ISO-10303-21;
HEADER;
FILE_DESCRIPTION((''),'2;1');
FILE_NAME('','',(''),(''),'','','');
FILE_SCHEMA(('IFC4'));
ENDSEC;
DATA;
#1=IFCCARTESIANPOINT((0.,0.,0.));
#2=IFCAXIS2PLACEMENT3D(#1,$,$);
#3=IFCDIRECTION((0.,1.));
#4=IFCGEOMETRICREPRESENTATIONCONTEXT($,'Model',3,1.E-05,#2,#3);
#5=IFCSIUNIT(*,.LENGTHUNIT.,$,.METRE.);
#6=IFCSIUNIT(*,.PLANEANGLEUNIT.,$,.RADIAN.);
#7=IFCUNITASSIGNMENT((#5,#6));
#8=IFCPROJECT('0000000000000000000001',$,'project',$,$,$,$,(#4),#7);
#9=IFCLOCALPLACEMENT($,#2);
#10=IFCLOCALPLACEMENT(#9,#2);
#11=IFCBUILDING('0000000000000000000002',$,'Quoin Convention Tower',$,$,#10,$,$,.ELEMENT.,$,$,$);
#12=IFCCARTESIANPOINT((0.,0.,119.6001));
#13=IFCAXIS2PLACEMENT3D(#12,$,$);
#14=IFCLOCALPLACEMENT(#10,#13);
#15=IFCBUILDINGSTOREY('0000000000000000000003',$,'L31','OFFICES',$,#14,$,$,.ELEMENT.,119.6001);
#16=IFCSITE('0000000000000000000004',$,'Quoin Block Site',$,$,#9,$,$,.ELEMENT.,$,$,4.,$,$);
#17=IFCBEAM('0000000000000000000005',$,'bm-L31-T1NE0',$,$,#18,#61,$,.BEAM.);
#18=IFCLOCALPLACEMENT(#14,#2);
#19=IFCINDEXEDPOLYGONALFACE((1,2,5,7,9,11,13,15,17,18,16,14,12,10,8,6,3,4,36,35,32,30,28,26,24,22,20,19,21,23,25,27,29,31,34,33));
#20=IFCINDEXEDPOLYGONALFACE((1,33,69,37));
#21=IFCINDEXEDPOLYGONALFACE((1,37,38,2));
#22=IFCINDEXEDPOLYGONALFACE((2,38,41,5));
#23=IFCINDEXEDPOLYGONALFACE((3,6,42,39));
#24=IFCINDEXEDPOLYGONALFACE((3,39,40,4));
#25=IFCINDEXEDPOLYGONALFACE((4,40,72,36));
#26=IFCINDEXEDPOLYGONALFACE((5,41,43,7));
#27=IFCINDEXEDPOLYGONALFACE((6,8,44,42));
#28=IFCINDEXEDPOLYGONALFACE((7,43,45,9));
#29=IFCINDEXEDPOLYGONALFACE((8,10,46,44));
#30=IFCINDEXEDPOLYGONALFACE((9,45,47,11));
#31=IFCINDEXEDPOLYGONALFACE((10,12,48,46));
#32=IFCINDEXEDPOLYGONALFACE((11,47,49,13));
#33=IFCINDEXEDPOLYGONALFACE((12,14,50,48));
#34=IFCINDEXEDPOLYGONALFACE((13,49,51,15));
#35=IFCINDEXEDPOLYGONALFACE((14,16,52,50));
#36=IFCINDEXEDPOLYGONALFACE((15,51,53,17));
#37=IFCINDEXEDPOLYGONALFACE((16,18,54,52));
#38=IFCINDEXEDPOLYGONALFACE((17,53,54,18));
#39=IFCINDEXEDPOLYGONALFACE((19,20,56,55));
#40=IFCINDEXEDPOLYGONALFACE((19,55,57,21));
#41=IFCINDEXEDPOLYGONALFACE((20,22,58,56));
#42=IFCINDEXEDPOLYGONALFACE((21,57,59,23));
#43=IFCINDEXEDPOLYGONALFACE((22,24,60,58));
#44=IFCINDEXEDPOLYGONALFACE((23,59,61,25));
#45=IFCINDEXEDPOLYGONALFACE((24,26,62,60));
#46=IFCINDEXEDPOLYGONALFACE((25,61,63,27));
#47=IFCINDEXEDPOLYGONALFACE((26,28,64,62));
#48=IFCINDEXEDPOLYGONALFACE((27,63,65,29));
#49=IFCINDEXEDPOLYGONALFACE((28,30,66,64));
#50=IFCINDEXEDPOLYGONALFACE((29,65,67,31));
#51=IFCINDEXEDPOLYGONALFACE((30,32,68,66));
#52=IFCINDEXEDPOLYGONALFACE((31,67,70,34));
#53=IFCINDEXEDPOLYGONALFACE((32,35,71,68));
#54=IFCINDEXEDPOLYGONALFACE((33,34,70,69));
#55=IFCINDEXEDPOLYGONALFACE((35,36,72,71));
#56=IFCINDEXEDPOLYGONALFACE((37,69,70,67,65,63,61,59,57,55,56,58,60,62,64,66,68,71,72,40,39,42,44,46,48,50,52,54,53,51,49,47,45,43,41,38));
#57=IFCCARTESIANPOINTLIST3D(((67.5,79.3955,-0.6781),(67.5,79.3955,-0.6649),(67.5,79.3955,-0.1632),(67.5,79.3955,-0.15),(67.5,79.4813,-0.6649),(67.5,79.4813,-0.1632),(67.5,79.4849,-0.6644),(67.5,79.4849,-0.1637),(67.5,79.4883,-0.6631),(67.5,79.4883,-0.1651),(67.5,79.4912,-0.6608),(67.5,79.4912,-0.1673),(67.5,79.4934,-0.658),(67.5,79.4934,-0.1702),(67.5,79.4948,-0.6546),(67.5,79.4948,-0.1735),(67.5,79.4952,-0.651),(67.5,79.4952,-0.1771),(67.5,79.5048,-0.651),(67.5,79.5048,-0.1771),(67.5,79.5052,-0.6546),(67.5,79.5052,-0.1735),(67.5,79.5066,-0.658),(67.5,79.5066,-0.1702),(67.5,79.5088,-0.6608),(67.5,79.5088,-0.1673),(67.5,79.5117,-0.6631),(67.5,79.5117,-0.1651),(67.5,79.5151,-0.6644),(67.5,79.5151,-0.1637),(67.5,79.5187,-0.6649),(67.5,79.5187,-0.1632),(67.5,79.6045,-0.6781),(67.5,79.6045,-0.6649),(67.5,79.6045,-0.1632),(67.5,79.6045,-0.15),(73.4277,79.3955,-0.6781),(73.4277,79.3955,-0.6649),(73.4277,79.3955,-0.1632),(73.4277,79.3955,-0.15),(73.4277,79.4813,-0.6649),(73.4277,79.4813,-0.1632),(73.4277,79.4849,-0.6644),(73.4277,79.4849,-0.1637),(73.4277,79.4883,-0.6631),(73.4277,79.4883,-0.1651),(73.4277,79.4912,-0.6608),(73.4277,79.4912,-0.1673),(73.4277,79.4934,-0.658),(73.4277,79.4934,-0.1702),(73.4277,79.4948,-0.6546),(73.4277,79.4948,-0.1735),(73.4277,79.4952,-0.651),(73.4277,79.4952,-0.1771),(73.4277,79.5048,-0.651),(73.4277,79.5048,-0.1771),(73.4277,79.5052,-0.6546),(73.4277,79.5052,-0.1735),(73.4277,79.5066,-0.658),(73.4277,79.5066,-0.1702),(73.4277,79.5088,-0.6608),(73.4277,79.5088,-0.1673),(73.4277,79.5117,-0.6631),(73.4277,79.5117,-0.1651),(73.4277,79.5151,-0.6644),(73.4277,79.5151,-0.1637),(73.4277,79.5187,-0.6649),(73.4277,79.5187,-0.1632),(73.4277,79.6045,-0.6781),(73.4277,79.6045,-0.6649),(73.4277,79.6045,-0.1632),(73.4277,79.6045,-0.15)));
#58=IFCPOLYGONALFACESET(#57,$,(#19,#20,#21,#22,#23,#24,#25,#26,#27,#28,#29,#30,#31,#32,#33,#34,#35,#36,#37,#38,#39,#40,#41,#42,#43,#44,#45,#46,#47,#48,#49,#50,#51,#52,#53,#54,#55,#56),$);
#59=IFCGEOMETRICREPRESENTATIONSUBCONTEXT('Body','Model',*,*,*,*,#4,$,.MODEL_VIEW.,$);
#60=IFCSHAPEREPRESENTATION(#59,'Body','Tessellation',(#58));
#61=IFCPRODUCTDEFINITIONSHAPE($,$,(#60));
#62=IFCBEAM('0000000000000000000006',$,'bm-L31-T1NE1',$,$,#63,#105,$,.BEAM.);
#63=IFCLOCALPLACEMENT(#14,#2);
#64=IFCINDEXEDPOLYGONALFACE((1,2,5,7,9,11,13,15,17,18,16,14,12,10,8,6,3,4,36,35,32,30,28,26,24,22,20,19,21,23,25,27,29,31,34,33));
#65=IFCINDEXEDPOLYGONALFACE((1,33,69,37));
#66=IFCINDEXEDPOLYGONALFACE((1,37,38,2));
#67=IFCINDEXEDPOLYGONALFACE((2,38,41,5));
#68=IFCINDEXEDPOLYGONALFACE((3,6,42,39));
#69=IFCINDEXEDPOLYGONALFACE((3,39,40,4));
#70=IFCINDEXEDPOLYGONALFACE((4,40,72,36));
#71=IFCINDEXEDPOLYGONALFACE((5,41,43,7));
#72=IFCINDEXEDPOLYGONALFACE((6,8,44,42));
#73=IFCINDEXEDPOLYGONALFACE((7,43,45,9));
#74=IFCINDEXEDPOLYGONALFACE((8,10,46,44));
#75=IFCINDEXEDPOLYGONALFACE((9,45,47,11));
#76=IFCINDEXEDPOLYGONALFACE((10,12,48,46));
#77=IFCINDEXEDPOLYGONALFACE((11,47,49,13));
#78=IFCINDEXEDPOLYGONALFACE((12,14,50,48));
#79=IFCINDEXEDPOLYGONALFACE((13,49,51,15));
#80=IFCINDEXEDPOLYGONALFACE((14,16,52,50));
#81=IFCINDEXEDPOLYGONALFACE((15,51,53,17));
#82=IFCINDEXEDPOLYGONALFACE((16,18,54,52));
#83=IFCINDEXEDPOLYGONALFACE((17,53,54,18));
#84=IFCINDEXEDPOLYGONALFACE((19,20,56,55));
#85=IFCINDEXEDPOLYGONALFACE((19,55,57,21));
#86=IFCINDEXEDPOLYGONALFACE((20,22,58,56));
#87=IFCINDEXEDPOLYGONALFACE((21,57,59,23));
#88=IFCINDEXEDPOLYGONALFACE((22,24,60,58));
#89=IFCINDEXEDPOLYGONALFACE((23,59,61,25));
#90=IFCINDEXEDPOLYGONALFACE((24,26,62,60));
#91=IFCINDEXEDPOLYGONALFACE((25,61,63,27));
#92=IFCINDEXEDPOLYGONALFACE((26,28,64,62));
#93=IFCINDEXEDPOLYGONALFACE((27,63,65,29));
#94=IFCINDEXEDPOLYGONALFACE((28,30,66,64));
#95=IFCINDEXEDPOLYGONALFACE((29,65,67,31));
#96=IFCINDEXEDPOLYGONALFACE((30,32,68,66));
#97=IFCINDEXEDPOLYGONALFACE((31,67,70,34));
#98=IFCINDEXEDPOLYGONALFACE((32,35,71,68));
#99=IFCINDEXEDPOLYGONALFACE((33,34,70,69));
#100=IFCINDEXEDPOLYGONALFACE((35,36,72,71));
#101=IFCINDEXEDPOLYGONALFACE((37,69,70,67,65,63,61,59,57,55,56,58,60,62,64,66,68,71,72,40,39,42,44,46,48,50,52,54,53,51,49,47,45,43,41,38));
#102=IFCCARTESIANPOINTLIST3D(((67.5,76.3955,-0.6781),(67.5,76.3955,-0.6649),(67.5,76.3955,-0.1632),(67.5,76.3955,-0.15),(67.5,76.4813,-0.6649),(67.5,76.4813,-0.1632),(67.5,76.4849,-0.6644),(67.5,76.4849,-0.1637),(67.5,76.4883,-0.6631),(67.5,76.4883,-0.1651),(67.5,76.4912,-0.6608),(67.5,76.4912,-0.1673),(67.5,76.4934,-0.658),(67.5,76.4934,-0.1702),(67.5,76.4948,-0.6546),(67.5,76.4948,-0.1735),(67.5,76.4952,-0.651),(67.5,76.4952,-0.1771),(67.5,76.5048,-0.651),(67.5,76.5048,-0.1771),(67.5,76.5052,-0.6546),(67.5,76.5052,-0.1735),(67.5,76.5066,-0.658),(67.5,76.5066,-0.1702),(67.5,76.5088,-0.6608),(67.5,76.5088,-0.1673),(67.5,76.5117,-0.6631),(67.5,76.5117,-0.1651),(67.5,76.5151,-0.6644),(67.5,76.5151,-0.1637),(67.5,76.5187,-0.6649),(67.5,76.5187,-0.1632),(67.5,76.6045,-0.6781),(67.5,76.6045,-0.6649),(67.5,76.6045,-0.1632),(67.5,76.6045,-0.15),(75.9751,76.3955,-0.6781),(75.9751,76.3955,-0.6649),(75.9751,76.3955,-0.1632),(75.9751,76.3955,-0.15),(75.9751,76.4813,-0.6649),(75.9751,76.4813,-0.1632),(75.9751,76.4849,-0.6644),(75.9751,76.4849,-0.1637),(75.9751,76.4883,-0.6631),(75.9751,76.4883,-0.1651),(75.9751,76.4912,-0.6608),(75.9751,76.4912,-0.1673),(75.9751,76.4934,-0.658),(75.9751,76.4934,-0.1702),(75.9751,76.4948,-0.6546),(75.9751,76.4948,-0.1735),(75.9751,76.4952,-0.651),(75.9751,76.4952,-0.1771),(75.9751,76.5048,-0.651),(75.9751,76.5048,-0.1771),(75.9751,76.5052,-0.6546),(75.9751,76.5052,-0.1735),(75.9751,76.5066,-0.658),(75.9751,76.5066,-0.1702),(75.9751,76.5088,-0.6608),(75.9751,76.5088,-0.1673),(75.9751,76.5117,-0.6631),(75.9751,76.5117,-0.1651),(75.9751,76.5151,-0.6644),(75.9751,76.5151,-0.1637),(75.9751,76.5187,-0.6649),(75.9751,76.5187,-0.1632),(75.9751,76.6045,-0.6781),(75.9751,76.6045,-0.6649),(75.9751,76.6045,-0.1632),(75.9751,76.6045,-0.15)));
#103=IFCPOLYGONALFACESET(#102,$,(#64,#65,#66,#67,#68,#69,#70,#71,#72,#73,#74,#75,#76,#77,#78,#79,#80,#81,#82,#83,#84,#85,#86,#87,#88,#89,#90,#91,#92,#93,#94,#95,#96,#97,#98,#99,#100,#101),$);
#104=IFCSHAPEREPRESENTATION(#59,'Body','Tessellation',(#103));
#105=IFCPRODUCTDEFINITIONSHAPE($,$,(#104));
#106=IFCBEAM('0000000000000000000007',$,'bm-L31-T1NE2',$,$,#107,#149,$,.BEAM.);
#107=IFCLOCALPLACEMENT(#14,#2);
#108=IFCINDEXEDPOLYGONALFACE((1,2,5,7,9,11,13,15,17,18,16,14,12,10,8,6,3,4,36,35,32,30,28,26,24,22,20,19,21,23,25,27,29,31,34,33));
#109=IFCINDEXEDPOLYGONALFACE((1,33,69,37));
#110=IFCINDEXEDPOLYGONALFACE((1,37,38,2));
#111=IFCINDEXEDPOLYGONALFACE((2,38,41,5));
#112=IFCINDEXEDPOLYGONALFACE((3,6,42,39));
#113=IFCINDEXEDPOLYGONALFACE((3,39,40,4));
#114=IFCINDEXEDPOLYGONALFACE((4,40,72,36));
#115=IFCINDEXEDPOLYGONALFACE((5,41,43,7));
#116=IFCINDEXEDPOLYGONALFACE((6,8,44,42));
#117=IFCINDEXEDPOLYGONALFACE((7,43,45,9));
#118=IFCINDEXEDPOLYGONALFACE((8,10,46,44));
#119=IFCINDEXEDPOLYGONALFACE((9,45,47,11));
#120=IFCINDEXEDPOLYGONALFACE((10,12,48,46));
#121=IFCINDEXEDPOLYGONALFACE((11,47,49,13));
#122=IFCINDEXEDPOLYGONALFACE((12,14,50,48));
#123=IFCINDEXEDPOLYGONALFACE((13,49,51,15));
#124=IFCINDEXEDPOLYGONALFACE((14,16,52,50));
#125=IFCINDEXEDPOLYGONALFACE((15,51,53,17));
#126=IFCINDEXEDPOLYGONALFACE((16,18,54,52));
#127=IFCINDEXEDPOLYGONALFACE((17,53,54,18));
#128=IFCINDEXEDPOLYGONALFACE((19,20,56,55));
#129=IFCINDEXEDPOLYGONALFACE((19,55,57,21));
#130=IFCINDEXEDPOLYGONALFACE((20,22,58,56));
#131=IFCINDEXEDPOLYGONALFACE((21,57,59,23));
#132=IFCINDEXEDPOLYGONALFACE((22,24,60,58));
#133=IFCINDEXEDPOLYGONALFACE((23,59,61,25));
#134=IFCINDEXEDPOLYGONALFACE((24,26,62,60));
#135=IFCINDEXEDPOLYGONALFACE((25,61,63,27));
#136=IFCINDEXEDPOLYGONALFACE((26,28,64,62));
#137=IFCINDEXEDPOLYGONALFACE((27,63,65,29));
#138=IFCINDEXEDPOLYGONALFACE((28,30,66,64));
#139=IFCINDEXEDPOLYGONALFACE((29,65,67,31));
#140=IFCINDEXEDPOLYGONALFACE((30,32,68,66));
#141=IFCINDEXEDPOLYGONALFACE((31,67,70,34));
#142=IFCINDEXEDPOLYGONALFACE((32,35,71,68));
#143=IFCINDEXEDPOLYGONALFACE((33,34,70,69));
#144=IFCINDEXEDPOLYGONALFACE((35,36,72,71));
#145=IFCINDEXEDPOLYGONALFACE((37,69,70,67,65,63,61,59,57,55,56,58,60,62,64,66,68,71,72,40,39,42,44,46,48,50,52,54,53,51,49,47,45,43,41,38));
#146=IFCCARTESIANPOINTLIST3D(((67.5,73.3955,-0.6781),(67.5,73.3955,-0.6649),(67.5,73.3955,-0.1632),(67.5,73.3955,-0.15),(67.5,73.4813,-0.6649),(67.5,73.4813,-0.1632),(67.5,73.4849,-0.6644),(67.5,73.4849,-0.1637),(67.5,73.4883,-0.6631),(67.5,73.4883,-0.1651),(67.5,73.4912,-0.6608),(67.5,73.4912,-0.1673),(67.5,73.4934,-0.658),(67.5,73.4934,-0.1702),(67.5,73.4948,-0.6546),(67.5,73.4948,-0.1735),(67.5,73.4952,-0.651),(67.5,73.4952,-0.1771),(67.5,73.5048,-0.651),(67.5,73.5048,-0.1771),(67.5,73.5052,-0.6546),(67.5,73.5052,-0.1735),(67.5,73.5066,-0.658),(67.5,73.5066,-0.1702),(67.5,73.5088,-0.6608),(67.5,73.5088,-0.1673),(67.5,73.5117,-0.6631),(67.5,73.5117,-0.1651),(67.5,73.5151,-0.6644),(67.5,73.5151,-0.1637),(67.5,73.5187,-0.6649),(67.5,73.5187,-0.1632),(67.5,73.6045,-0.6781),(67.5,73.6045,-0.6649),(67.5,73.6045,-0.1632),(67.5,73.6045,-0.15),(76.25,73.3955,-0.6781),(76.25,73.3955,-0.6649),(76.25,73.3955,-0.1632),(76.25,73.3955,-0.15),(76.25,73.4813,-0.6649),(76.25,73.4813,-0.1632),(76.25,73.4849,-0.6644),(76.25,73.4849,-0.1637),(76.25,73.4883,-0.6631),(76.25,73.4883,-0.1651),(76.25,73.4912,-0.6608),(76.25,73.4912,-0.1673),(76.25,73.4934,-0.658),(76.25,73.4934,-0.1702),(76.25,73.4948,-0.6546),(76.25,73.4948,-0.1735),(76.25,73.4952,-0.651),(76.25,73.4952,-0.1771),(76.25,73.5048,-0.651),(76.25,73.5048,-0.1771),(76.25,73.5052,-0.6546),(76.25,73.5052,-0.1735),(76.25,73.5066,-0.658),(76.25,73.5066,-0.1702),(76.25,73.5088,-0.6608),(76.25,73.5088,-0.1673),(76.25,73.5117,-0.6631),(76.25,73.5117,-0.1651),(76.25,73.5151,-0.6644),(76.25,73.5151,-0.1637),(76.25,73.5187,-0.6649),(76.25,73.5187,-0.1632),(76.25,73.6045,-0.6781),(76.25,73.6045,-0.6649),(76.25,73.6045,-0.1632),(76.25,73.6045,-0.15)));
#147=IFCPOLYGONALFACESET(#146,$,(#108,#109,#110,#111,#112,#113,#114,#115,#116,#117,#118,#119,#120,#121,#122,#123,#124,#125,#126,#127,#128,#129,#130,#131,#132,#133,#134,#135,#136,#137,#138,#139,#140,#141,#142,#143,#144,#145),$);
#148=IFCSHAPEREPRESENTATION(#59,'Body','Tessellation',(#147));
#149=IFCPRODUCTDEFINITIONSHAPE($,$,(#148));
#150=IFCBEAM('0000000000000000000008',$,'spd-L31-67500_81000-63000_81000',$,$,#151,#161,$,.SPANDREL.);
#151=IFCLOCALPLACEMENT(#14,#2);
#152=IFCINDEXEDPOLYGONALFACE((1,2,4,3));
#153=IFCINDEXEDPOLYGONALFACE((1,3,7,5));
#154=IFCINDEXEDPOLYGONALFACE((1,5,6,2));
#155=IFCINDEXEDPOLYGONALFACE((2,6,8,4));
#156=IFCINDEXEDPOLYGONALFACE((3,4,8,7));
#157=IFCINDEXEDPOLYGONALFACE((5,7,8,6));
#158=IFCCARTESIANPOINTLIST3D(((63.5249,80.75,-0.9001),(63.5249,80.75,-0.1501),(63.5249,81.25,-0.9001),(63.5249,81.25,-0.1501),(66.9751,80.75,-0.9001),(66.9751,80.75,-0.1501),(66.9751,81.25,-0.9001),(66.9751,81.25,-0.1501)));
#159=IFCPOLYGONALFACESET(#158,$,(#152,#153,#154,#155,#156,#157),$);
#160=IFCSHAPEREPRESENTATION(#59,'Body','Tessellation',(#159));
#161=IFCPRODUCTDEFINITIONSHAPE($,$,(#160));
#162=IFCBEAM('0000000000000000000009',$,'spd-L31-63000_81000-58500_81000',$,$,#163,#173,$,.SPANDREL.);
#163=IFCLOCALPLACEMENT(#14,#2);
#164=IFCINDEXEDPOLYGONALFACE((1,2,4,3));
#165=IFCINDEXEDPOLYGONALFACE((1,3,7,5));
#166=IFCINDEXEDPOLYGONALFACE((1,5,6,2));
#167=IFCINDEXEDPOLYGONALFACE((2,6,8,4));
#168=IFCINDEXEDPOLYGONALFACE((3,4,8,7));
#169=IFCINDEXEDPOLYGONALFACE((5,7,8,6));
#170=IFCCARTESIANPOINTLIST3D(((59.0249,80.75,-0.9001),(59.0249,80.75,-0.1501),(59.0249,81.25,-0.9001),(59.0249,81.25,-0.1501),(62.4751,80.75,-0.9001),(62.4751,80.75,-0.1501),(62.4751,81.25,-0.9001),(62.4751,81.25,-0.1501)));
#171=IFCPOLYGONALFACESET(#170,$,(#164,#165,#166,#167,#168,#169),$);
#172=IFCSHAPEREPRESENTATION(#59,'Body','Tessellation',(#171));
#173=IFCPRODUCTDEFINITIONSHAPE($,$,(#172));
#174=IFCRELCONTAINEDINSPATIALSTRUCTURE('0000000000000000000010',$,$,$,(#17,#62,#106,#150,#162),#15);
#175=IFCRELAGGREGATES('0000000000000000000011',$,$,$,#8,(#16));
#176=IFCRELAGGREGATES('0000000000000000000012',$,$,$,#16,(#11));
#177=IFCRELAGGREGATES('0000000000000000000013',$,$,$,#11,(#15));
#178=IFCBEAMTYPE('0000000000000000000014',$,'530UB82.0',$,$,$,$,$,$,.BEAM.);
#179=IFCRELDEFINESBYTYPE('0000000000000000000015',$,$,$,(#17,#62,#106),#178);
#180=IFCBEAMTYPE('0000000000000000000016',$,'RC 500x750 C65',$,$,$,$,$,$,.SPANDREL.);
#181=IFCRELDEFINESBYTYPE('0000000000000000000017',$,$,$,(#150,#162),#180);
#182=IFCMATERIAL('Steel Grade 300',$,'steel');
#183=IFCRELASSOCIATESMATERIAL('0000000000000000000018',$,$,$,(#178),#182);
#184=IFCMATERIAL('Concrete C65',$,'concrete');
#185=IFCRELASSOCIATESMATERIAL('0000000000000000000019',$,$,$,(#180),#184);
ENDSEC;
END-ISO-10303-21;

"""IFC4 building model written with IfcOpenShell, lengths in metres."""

from ifc_helpers import new_model, si_unit, direction, frame, origin, origin_2d, place, context, subcontext, project, spatial, rectangle, i_section, extrude, material, material_profile, profile_set, type_object, element, save


model = new_model("IFC4")

# Units and contexts
model_context = context("Model", 3, precision=1e-05, world=origin(), true_north=direction((0.0, 1.0)))
body_context = subcontext(model_context, "Body", "Model", "MODEL_VIEW")
ifc_project = project(units=[si_unit("LENGTHUNIT", "METRE"), si_unit("PLANEANGLEUNIT", "RADIAN")], contexts=[model_context])

# Site, building, storey
site_placement = place(None, origin())
site = spatial("IfcSite", under=ifc_project, at=site_placement, Name="Quoin Block Site", CompositionType="ELEMENT", RefElevation=4.0)
building_placement = place(site_placement, origin())
building = spatial("IfcBuilding", under=site, at=building_placement, Name="Quoin Convention Tower", CompositionType="ELEMENT")
storey_placement = place(building_placement, frame((0.0, 0.0, 119.6001)))
storey = spatial("IfcBuildingStorey", under=building, at=storey_placement, Name="L31", Description="OFFICES", CompositionType="ELEMENT", Elevation=119.6001)

# Shared definitions
ifc_material_1 = material(Name="Concrete C65", Category="concrete")

# Beams
ifc_material_2 = material(Name="Steel Grade 300", Category="steel")
ifc_material_profile_1 = material_profile(ifc_material_2, i_section(OverallWidth=0.209, OverallDepth=0.5281, WebThickness=0.0095, FlangeThickness=0.0132, FilletRadius=0.0139, at=origin_2d()), Name="530UB82.0")
ifc_profile_set_1 = profile_set([ifc_material_profile_1], Name="Steel Grade 300")
beam_type_1 = type_object("IfcBeamType", Name="530UB82.0", PredefinedType="BEAM", material=ifc_profile_set_1)
beam_1_placement = place(storey_placement, frame((67.5, 79.5, -0.4141), z_axis=(1.0, 0.0, 0.0), x_axis=(0.0, 1.0, 0.0)))
element("IfcBeam", 1, at=beam_1_placement, inside=storey, type_object=beam_type_1, Name="bm-L31-T1NE0", PredefinedType="BEAM", context=body_context, shape_type="SweptSolid", body=[
    extrude(i_section(OverallWidth=0.209, OverallDepth=0.5281, WebThickness=0.0095, FlangeThickness=0.0132, FilletRadius=0.0139, at=origin_2d()), origin(), (0.0, 0.0, 1.0), 5.9277),
])
beam_2_placement = place(storey_placement, frame((67.5, 76.5, -0.4141), z_axis=(1.0, 0.0, 0.0), x_axis=(0.0, 1.0, 0.0)))
element("IfcBeam", 2, at=beam_2_placement, inside=storey, type_object=beam_type_1, Name="bm-L31-T1NE1", PredefinedType="BEAM", context=body_context, shape_type="SweptSolid", body=[
    extrude(i_section(OverallWidth=0.209, OverallDepth=0.5281, WebThickness=0.0095, FlangeThickness=0.0132, FilletRadius=0.0139, at=origin_2d()), origin(), (0.0, 0.0, 1.0), 8.4751),
])
beam_3_placement = place(storey_placement, frame((67.5, 73.5, -0.4141), z_axis=(1.0, 0.0, 0.0), x_axis=(0.0, 1.0, 0.0)))
element("IfcBeam", 3, at=beam_3_placement, inside=storey, type_object=beam_type_1, Name="bm-L31-T1NE2", PredefinedType="BEAM", context=body_context, shape_type="SweptSolid", body=[
    extrude(i_section(OverallWidth=0.209, OverallDepth=0.5281, WebThickness=0.0095, FlangeThickness=0.0132, FilletRadius=0.0139, at=origin_2d()), origin(), (0.0, 0.0, 1.0), 8.75),
])
ifc_material_profile_2 = material_profile(ifc_material_1, rectangle(XDim=0.5, YDim=0.75, at=origin_2d()), Name="RC 500x750")
ifc_profile_set_2 = profile_set([ifc_material_profile_2], Name="Concrete C65")
beam_type_2 = type_object("IfcBeamType", Name="RC 500x750 C65", PredefinedType="SPANDREL", material=ifc_profile_set_2)
for number, where, z_axis, x_axis, name in (
    (4, (66.9751, 81.0, -0.5251), (-1.0, 0.0, 0.0), (0.0, -1.0, 0.0), "spd-L31-67500_81000-63000_81000"),
    (5, (62.4751, 81.0, -0.5251), (-1.0, 0.0, 0.0), (0.0, -1.0, 0.0), "spd-L31-63000_81000-58500_81000"),
):
    element("IfcBeam", number, at=place(storey_placement, frame(where, z_axis=z_axis, x_axis=x_axis)), inside=storey, type_object=beam_type_2, Name=name, PredefinedType="SPANDREL", context=body_context, shape_type="SweptSolid", body=[
        extrude(rectangle(XDim=0.5, YDim=0.75, at=origin_2d()), origin(), (0.0, 0.0, 1.0), 3.4502),
    ])

save(model, "model.ifc")
